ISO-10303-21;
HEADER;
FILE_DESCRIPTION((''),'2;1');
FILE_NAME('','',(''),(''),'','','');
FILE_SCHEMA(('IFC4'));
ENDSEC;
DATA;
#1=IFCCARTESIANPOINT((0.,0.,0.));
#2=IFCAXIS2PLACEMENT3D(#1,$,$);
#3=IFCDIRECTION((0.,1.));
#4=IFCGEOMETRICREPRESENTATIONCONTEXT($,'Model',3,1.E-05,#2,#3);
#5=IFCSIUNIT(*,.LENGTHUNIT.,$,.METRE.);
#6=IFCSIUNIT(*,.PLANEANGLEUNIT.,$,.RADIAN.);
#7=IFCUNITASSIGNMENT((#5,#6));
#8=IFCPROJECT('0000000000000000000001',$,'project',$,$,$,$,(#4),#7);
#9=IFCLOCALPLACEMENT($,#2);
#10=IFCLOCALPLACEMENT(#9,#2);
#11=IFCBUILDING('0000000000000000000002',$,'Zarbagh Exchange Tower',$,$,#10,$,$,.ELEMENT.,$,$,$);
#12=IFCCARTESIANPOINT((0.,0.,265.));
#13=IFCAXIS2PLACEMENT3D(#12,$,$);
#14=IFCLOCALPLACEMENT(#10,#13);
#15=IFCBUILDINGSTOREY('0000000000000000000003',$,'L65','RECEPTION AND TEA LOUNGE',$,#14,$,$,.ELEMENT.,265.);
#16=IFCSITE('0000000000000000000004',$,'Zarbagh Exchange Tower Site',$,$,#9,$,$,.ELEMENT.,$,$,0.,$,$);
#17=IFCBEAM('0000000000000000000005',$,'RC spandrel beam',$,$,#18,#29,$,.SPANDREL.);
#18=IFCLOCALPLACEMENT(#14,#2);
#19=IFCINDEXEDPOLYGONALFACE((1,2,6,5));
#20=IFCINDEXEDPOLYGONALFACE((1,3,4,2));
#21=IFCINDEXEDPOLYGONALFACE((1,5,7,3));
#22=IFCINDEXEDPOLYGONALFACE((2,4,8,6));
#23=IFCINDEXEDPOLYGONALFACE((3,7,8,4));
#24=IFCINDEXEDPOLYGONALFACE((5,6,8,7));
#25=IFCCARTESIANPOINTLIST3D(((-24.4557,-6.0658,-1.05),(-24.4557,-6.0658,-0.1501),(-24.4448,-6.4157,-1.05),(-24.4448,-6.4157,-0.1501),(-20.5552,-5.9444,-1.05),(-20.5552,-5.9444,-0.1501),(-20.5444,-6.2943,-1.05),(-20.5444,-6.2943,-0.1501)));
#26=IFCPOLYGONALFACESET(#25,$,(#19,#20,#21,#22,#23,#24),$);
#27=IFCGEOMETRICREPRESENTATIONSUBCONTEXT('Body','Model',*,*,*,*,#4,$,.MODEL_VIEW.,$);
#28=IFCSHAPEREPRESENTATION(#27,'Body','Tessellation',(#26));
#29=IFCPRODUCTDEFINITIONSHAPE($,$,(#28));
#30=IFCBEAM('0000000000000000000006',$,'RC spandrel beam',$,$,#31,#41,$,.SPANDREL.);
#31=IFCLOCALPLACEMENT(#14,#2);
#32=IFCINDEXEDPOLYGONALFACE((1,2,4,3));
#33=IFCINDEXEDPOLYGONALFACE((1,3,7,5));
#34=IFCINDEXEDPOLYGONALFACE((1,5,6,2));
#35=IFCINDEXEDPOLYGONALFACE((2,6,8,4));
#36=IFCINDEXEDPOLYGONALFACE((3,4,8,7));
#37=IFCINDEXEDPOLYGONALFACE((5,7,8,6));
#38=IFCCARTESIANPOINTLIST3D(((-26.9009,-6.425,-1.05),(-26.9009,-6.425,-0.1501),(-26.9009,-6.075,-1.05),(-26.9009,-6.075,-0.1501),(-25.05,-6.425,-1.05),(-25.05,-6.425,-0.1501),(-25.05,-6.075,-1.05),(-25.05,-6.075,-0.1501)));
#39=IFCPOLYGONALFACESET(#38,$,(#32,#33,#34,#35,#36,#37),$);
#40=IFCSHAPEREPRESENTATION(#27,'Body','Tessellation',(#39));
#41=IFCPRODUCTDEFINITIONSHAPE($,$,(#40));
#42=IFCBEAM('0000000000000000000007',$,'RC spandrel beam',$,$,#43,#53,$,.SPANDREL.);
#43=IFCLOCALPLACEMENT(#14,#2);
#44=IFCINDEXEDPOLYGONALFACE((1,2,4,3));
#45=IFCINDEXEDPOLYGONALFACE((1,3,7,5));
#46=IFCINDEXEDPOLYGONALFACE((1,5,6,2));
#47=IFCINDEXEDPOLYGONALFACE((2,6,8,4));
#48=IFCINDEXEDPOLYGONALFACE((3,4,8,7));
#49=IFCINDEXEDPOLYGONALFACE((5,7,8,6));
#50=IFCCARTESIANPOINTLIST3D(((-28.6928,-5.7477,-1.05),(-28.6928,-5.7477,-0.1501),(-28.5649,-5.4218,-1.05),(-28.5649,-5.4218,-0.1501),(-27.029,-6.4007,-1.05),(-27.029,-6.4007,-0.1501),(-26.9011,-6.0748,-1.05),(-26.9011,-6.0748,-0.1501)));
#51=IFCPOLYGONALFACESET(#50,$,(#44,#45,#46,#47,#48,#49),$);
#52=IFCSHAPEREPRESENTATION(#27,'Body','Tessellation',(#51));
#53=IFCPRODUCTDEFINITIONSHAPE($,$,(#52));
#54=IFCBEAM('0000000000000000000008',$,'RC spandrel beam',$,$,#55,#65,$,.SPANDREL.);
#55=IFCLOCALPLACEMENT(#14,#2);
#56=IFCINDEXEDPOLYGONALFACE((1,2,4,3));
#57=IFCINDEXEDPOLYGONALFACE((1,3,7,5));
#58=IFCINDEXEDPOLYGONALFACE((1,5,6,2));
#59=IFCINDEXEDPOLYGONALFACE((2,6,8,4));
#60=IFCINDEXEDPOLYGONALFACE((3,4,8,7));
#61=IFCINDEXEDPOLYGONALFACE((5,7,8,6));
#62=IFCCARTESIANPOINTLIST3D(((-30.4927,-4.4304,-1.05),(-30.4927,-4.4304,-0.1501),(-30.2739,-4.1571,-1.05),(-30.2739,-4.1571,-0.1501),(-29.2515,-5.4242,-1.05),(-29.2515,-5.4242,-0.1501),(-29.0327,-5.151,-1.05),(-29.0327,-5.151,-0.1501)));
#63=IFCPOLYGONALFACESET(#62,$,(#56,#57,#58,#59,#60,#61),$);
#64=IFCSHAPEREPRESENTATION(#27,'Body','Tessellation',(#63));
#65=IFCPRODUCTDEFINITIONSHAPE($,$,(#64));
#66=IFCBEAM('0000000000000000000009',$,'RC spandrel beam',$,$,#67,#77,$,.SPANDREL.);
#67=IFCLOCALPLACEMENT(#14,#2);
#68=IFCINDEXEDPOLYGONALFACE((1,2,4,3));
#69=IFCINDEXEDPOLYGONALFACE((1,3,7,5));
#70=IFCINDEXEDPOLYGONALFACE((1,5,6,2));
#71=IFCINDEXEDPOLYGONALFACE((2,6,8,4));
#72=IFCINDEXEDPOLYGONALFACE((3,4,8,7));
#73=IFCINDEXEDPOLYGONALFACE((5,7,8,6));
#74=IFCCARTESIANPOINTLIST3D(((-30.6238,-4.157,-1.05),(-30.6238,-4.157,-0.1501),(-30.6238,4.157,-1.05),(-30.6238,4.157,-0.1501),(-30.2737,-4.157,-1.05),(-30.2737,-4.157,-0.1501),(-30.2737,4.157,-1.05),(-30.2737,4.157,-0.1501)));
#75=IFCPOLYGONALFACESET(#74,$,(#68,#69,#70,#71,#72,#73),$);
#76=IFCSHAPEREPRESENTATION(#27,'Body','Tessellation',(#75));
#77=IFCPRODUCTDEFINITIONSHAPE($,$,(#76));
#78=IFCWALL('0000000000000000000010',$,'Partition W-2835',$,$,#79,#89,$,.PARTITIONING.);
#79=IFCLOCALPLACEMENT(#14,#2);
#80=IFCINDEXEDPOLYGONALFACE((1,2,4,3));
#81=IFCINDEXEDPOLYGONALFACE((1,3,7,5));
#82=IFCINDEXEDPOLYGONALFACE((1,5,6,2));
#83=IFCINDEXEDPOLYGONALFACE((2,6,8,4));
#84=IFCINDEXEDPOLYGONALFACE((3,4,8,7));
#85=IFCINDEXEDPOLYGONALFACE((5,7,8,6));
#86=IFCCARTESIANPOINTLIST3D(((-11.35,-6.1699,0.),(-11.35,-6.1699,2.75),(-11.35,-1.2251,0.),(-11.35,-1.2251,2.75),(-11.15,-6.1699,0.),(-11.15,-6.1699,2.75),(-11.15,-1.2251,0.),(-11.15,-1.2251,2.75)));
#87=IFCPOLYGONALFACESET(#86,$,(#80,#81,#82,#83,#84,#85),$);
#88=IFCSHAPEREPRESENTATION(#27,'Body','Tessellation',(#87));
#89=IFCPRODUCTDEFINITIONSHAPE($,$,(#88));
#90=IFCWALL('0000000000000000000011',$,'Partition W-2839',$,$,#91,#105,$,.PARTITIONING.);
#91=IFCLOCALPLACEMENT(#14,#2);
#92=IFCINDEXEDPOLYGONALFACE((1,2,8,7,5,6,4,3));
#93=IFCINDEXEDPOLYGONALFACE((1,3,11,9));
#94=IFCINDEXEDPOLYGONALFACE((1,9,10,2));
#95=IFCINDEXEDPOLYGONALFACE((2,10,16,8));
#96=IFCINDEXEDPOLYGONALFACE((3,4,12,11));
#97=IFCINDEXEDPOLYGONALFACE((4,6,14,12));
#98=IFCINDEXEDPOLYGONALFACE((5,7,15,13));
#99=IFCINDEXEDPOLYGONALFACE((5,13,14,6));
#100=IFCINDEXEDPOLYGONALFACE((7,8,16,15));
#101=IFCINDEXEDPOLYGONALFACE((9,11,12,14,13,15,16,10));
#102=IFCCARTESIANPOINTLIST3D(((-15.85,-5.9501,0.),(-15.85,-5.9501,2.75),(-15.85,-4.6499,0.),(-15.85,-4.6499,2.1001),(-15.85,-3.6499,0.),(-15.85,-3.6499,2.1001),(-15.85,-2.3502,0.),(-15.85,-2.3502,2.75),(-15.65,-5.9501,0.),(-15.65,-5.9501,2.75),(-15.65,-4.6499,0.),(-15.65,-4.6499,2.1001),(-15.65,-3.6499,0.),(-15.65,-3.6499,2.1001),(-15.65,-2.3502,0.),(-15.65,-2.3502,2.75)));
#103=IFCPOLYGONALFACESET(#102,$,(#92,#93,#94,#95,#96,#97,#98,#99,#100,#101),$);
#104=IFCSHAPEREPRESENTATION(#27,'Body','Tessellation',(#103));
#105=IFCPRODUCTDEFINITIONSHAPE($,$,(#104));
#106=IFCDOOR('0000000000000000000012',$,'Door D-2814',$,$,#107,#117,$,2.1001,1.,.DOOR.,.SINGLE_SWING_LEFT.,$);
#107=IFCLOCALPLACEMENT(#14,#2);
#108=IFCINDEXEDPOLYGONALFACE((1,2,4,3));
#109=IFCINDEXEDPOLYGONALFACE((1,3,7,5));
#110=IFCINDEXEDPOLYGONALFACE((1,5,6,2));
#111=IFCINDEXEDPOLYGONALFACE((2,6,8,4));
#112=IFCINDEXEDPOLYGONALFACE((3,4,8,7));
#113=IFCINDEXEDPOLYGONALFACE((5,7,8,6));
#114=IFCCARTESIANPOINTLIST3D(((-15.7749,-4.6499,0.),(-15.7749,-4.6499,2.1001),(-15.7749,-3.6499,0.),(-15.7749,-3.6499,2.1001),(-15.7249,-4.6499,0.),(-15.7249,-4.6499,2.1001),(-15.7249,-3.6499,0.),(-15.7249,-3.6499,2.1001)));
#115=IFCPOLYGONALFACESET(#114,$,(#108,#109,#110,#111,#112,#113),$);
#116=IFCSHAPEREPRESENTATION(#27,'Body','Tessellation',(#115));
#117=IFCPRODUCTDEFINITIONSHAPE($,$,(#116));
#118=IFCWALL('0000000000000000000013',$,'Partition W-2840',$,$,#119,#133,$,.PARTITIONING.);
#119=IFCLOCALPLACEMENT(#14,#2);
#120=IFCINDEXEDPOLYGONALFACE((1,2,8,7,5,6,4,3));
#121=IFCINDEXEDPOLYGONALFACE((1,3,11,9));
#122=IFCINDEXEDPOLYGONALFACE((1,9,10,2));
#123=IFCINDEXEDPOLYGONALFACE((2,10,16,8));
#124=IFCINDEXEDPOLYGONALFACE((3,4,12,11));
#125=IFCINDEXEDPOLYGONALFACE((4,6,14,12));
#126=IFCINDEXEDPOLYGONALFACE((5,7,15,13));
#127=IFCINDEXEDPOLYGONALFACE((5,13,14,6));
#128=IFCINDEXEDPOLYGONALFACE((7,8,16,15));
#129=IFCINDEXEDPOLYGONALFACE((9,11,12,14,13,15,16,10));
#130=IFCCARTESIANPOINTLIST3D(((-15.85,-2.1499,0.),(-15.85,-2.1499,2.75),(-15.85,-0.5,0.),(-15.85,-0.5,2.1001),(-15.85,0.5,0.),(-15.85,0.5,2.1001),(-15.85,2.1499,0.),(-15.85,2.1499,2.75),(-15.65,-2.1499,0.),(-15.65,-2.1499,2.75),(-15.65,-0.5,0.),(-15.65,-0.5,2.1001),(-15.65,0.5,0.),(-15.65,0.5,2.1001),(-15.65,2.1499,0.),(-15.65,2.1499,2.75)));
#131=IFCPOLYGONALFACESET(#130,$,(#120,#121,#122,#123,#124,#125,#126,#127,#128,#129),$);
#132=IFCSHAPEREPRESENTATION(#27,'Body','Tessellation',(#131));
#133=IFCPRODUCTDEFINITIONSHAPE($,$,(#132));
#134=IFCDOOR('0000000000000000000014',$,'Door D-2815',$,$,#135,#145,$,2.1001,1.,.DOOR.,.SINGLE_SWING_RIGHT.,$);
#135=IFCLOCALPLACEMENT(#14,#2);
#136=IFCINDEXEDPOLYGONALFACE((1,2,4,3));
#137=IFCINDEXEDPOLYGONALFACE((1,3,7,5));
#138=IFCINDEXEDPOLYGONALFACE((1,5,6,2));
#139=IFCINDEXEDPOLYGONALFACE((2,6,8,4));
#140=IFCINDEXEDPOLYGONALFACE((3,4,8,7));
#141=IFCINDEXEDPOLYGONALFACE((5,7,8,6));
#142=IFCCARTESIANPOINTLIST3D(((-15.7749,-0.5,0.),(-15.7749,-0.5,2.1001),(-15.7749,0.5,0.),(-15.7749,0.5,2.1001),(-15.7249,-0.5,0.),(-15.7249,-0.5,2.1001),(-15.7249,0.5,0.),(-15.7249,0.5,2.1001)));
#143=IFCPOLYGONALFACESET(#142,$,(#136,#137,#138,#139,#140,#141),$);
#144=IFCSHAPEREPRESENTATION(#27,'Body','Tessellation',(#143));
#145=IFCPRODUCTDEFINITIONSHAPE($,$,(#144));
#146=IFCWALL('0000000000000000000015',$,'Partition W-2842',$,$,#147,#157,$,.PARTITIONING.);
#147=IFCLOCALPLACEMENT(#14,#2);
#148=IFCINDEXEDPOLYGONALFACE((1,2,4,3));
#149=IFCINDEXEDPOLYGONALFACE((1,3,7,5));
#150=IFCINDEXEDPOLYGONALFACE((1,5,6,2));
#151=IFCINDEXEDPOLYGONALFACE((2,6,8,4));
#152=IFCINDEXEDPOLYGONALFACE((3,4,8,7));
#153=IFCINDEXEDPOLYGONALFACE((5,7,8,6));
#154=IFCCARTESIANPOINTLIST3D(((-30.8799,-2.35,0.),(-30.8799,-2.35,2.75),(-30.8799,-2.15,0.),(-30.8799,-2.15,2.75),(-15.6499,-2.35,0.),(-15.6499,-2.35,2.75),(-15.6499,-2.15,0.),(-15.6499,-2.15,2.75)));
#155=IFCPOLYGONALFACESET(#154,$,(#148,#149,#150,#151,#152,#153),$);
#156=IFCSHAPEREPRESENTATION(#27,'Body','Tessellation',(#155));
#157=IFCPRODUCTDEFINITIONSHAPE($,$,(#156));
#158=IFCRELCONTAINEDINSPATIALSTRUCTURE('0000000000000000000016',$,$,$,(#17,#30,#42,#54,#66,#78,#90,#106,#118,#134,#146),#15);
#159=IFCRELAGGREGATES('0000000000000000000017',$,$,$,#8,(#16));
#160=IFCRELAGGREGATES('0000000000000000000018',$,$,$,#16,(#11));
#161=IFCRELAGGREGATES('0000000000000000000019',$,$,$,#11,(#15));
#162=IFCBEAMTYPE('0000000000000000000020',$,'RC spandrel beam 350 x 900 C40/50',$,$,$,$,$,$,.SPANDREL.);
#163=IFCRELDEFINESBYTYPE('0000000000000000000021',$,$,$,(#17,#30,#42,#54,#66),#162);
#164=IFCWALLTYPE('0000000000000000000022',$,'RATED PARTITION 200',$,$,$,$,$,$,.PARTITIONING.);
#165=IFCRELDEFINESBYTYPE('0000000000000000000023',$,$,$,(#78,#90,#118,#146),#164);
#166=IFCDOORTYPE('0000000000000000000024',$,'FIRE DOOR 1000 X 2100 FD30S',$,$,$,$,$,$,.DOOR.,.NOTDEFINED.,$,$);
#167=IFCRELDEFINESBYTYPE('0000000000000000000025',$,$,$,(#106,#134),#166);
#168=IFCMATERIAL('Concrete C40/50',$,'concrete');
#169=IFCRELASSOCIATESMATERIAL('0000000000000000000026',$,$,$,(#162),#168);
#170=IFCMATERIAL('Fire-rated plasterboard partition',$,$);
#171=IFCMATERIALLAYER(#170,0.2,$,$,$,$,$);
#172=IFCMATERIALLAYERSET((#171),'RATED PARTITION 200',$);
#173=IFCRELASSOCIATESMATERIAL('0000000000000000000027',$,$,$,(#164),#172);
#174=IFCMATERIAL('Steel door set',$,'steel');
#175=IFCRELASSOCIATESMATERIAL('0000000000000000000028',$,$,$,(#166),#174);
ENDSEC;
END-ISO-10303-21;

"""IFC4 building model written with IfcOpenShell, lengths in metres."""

from ifc_helpers import new_model, si_unit, direction, frame, frame_2d, origin, origin_2d, place, context, subcontext, project, spatial, rectangle, extrude, material, layer, layer_set, material_profile, profile_set, type_object, element, fill, save


model = new_model("IFC4")

# Units and contexts
model_context = context("Model", 3, precision=1e-05, world=origin(), true_north=direction((0.0, 1.0)))
body_context = subcontext(model_context, "Body", "Model", "MODEL_VIEW")
ifc_project = project(units=[si_unit("LENGTHUNIT", "METRE"), si_unit("PLANEANGLEUNIT", "RADIAN")], contexts=[model_context])

# Site, building, storey
site_placement = place(None, origin())
site = spatial("IfcSite", under=ifc_project, at=site_placement, Name="Zarbagh Exchange Tower Site", CompositionType="ELEMENT", RefElevation=0.0)
building_placement = place(site_placement, origin())
building = spatial("IfcBuilding", under=site, at=building_placement, Name="Zarbagh Exchange Tower", CompositionType="ELEMENT")
storey_placement = place(building_placement, frame((0.0, 0.0, 265.0)))
storey = spatial("IfcBuildingStorey", under=building, at=storey_placement, Name="L65", Description="RECEPTION AND TEA LOUNGE", CompositionType="ELEMENT", Elevation=265.0)

# Shared definitions
ifc_material_1 = material(Name="Concrete C40/50", Category="concrete")

# Beams
ifc_material_profile_1 = material_profile(ifc_material_1, rectangle(XDim=0.3501, YDim=0.8999, at=origin_2d()), Name="RC spandrel beam 350 x 900 C40/50")
ifc_profile_set_1 = profile_set([ifc_material_profile_1], Name="Concrete C40/50")
beam_type_1 = type_object("IfcBeamType", Name="RC spandrel beam 350 x 900 C40/50", PredefinedType="SPANDREL", material=ifc_profile_set_1)
for number, where, z_axis, x_axis, name in (
    (1, (-20.5498, -6.1194, -0.6001), (-0.999516, -0.031094, 0.0), (0.031094, -0.999516, 0.0), "RC spandrel beam"),
):
    element("IfcBeam", number, at=place(storey_placement, frame(where, z_axis=z_axis, x_axis=x_axis)), inside=storey, type_object=beam_type_1, Name=name, PredefinedType="SPANDREL", context=body_context, shape_type="SweptSolid", body=[
        extrude(rectangle(XDim=0.3501, YDim=0.8999, at=origin_2d()), origin(), (0.0, 0.0, 1.0), 3.9023),
    ])
beam_1_placement = place(storey_placement, frame((-25.05, -6.25, -0.6001), z_axis=(-1.0, 0.0, 0.0), x_axis=(0.0, -1.0, 0.0)))
element("IfcBeam", 2, at=beam_1_placement, inside=storey, type_object=beam_type_1, Name="RC spandrel beam", PredefinedType="SPANDREL", context=body_context, shape_type="SweptSolid", body=[
    extrude(rectangle(XDim=0.3501, YDim=0.8999, at=origin_2d()), origin(), (0.0, 0.0, 1.0), 1.8508),
])
beam_2_placement = place(storey_placement, frame((-26.9651, -6.2378, -0.6001), z_axis=(-0.930859, 0.365378, 0.0), x_axis=(-0.365378, -0.930859, 0.0)))
element("IfcBeam", 3, at=beam_2_placement, inside=storey, type_object=beam_type_1, Name="RC spandrel beam", PredefinedType="SPANDREL", context=body_context, shape_type="SweptSolid", body=[
    extrude(rectangle(XDim=0.3501, YDim=0.8999, at=origin_2d()), origin(), (0.0, 0.0, 1.0), 1.7874),
])
beam_3_placement = place(storey_placement, frame((-29.1421, -5.2876, -0.6001), z_axis=(-0.780584, 0.625051, 0.0), x_axis=(-0.625051, -0.780584, 0.0)))
element("IfcBeam", 4, at=beam_3_placement, inside=storey, type_object=beam_type_1, Name="RC spandrel beam", PredefinedType="SPANDREL", context=body_context, shape_type="SweptSolid", body=[
    extrude(rectangle(XDim=0.3501, YDim=0.8999, at=origin_2d()), origin(), (0.0, 0.0, 1.0), 1.5901),
])
beam_4_placement = place(storey_placement, frame((-30.4487, -4.157, -0.6001), z_axis=(0.0, 1.0, 0.0), x_axis=(-1.0, 0.0, 0.0)))
element("IfcBeam", 5, at=beam_4_placement, inside=storey, type_object=beam_type_1, Name="RC spandrel beam", PredefinedType="SPANDREL", context=body_context, shape_type="SweptSolid", body=[
    extrude(rectangle(XDim=0.3501, YDim=0.8999, at=origin_2d()), origin(), (0.0, 0.0, 1.0), 8.314),
])

# Wall
ifc_material_2 = material(Name="Fire-rated plasterboard partition")
ifc_layer = layer(ifc_material_2, 0.2)
ifc_layer_set = layer_set([ifc_layer], Name="RATED PARTITION 200")
wall_type = type_object("IfcWallType", Name="RATED PARTITION 200", PredefinedType="PARTITIONING", material=ifc_layer_set)
wall_1_placement = place(storey_placement, frame((-11.25, -6.1699, 0.0), z_axis=(0.0, 0.0, 1.0), x_axis=(0.0, 1.0, 0.0)))
element("IfcWall", 6, at=wall_1_placement, inside=storey, type_object=wall_type, Name="Partition W-2835", PredefinedType="PARTITIONING", context=body_context, shape_type="SweptSolid", body=[
    extrude(rectangle(XDim=4.9448, YDim=0.2, at=frame_2d((2.4724, 0.0))), origin(), (0.0, 0.0, 1.0), 2.75),
])

# Walls, openings, doors
wall_2_placement = place(storey_placement, frame((-15.75, -5.95, 0.0), z_axis=(0.0, 0.0, 1.0), x_axis=(0.0, 1.0, 0.0)))
wall_2 = element("IfcWall", 7, at=wall_2_placement, inside=storey, type_object=wall_type, Name="Partition W-2839", PredefinedType="PARTITIONING", context=body_context, shape_type="SweptSolid", body=[
    extrude(rectangle(XDim=3.5999, YDim=0.2, at=frame_2d((1.7998, 0.0))), origin(), (0.0, 0.0, 1.0), 2.75),
])
opening_1_placement = place(wall_2_placement, frame((1.3, 0.0, 0.0)))
opening_1 = element("IfcOpeningElement", 8, at=opening_1_placement, cuts=wall_2, PredefinedType="OPENING", context=body_context, shape_type="SweptSolid", body=[
    extrude(rectangle(XDim=1.0, YDim=2.1001, at=frame_2d((0.5, 1.05))), frame((0.0, 0.1099, 0.0), z_axis=(0.0, -1.0, 0.0), x_axis=(1.0, 0.0, 0.0)), (0.0, 0.0, 1.0), 0.22),
])
ifc_material_3 = material(Name="Steel door set", Category="steel")
door_type = type_object("IfcDoorType", Name="FIRE DOOR 1000 X 2100 FD30S", OperationType="NOTDEFINED", PredefinedType="DOOR", material=ifc_material_3)
door_1_placement = place(opening_1_placement, origin())
door_1 = element("IfcDoor", 9, at=door_1_placement, inside=storey, type_object=door_type, Name="Door D-2814", OperationType="SINGLE_SWING_LEFT", OverallHeight=2.1001, OverallWidth=1.0, PredefinedType="DOOR", context=body_context, shape_type="SweptSolid", body=[
    extrude(rectangle(XDim=1.0, YDim=2.1001, at=frame_2d((0.5, 1.05))), frame((0.0, 0.0249, 0.0), z_axis=(0.0, -1.0, 0.0), x_axis=(1.0, 0.0, 0.0)), (0.0, 0.0, 1.0), 0.05),
])
fill(opening_1, door_1)
wall_3_placement = place(storey_placement, frame((-15.75, -2.1499, 0.0), z_axis=(0.0, 0.0, 1.0), x_axis=(0.0, 1.0, 0.0)))
wall_3 = element("IfcWall", 10, at=wall_3_placement, inside=storey, type_object=wall_type, Name="Partition W-2840", PredefinedType="PARTITIONING", context=body_context, shape_type="SweptSolid", body=[
    extrude(rectangle(XDim=4.2998, YDim=0.2, at=frame_2d((2.1499, 0.0))), origin(), (0.0, 0.0, 1.0), 2.75),
])
opening_2_placement = place(wall_3_placement, frame((1.6499, 0.0, 0.0)))
opening_2 = element("IfcOpeningElement", 11, at=opening_2_placement, cuts=wall_3, PredefinedType="OPENING", context=body_context, shape_type="SweptSolid", body=[
    extrude(rectangle(XDim=1.0, YDim=2.1001, at=frame_2d((0.5, 1.05))), frame((0.0, 0.1099, 0.0), z_axis=(0.0, -1.0, 0.0), x_axis=(1.0, 0.0, 0.0)), (0.0, 0.0, 1.0), 0.22),
])
door_2_placement = place(opening_2_placement, origin())
door_2 = element("IfcDoor", 12, at=door_2_placement, inside=storey, type_object=door_type, Name="Door D-2815", OperationType="SINGLE_SWING_RIGHT", OverallHeight=2.1001, OverallWidth=1.0, PredefinedType="DOOR", context=body_context, shape_type="SweptSolid", body=[
    extrude(rectangle(XDim=1.0, YDim=2.1001, at=frame_2d((0.5, 1.05))), frame((0.0, 0.0249, 0.0), z_axis=(0.0, -1.0, 0.0), x_axis=(1.0, 0.0, 0.0)), (0.0, 0.0, 1.0), 0.05),
])
fill(opening_2, door_2)

# Wall
wall_4_placement = place(storey_placement, frame((-30.8799, -2.25, 0.0), z_axis=(0.0, 0.0, 1.0), x_axis=(1.0, 0.0, 0.0)))
element("IfcWall", 13, at=wall_4_placement, inside=storey, type_object=wall_type, Name="Partition W-2842", PredefinedType="PARTITIONING", context=body_context, shape_type="SweptSolid", body=[
    extrude(rectangle(XDim=15.23, YDim=0.2, at=frame_2d((7.615, 0.0))), origin(), (0.0, 0.0, 1.0), 2.75),
])

save(model, "model.ifc")
